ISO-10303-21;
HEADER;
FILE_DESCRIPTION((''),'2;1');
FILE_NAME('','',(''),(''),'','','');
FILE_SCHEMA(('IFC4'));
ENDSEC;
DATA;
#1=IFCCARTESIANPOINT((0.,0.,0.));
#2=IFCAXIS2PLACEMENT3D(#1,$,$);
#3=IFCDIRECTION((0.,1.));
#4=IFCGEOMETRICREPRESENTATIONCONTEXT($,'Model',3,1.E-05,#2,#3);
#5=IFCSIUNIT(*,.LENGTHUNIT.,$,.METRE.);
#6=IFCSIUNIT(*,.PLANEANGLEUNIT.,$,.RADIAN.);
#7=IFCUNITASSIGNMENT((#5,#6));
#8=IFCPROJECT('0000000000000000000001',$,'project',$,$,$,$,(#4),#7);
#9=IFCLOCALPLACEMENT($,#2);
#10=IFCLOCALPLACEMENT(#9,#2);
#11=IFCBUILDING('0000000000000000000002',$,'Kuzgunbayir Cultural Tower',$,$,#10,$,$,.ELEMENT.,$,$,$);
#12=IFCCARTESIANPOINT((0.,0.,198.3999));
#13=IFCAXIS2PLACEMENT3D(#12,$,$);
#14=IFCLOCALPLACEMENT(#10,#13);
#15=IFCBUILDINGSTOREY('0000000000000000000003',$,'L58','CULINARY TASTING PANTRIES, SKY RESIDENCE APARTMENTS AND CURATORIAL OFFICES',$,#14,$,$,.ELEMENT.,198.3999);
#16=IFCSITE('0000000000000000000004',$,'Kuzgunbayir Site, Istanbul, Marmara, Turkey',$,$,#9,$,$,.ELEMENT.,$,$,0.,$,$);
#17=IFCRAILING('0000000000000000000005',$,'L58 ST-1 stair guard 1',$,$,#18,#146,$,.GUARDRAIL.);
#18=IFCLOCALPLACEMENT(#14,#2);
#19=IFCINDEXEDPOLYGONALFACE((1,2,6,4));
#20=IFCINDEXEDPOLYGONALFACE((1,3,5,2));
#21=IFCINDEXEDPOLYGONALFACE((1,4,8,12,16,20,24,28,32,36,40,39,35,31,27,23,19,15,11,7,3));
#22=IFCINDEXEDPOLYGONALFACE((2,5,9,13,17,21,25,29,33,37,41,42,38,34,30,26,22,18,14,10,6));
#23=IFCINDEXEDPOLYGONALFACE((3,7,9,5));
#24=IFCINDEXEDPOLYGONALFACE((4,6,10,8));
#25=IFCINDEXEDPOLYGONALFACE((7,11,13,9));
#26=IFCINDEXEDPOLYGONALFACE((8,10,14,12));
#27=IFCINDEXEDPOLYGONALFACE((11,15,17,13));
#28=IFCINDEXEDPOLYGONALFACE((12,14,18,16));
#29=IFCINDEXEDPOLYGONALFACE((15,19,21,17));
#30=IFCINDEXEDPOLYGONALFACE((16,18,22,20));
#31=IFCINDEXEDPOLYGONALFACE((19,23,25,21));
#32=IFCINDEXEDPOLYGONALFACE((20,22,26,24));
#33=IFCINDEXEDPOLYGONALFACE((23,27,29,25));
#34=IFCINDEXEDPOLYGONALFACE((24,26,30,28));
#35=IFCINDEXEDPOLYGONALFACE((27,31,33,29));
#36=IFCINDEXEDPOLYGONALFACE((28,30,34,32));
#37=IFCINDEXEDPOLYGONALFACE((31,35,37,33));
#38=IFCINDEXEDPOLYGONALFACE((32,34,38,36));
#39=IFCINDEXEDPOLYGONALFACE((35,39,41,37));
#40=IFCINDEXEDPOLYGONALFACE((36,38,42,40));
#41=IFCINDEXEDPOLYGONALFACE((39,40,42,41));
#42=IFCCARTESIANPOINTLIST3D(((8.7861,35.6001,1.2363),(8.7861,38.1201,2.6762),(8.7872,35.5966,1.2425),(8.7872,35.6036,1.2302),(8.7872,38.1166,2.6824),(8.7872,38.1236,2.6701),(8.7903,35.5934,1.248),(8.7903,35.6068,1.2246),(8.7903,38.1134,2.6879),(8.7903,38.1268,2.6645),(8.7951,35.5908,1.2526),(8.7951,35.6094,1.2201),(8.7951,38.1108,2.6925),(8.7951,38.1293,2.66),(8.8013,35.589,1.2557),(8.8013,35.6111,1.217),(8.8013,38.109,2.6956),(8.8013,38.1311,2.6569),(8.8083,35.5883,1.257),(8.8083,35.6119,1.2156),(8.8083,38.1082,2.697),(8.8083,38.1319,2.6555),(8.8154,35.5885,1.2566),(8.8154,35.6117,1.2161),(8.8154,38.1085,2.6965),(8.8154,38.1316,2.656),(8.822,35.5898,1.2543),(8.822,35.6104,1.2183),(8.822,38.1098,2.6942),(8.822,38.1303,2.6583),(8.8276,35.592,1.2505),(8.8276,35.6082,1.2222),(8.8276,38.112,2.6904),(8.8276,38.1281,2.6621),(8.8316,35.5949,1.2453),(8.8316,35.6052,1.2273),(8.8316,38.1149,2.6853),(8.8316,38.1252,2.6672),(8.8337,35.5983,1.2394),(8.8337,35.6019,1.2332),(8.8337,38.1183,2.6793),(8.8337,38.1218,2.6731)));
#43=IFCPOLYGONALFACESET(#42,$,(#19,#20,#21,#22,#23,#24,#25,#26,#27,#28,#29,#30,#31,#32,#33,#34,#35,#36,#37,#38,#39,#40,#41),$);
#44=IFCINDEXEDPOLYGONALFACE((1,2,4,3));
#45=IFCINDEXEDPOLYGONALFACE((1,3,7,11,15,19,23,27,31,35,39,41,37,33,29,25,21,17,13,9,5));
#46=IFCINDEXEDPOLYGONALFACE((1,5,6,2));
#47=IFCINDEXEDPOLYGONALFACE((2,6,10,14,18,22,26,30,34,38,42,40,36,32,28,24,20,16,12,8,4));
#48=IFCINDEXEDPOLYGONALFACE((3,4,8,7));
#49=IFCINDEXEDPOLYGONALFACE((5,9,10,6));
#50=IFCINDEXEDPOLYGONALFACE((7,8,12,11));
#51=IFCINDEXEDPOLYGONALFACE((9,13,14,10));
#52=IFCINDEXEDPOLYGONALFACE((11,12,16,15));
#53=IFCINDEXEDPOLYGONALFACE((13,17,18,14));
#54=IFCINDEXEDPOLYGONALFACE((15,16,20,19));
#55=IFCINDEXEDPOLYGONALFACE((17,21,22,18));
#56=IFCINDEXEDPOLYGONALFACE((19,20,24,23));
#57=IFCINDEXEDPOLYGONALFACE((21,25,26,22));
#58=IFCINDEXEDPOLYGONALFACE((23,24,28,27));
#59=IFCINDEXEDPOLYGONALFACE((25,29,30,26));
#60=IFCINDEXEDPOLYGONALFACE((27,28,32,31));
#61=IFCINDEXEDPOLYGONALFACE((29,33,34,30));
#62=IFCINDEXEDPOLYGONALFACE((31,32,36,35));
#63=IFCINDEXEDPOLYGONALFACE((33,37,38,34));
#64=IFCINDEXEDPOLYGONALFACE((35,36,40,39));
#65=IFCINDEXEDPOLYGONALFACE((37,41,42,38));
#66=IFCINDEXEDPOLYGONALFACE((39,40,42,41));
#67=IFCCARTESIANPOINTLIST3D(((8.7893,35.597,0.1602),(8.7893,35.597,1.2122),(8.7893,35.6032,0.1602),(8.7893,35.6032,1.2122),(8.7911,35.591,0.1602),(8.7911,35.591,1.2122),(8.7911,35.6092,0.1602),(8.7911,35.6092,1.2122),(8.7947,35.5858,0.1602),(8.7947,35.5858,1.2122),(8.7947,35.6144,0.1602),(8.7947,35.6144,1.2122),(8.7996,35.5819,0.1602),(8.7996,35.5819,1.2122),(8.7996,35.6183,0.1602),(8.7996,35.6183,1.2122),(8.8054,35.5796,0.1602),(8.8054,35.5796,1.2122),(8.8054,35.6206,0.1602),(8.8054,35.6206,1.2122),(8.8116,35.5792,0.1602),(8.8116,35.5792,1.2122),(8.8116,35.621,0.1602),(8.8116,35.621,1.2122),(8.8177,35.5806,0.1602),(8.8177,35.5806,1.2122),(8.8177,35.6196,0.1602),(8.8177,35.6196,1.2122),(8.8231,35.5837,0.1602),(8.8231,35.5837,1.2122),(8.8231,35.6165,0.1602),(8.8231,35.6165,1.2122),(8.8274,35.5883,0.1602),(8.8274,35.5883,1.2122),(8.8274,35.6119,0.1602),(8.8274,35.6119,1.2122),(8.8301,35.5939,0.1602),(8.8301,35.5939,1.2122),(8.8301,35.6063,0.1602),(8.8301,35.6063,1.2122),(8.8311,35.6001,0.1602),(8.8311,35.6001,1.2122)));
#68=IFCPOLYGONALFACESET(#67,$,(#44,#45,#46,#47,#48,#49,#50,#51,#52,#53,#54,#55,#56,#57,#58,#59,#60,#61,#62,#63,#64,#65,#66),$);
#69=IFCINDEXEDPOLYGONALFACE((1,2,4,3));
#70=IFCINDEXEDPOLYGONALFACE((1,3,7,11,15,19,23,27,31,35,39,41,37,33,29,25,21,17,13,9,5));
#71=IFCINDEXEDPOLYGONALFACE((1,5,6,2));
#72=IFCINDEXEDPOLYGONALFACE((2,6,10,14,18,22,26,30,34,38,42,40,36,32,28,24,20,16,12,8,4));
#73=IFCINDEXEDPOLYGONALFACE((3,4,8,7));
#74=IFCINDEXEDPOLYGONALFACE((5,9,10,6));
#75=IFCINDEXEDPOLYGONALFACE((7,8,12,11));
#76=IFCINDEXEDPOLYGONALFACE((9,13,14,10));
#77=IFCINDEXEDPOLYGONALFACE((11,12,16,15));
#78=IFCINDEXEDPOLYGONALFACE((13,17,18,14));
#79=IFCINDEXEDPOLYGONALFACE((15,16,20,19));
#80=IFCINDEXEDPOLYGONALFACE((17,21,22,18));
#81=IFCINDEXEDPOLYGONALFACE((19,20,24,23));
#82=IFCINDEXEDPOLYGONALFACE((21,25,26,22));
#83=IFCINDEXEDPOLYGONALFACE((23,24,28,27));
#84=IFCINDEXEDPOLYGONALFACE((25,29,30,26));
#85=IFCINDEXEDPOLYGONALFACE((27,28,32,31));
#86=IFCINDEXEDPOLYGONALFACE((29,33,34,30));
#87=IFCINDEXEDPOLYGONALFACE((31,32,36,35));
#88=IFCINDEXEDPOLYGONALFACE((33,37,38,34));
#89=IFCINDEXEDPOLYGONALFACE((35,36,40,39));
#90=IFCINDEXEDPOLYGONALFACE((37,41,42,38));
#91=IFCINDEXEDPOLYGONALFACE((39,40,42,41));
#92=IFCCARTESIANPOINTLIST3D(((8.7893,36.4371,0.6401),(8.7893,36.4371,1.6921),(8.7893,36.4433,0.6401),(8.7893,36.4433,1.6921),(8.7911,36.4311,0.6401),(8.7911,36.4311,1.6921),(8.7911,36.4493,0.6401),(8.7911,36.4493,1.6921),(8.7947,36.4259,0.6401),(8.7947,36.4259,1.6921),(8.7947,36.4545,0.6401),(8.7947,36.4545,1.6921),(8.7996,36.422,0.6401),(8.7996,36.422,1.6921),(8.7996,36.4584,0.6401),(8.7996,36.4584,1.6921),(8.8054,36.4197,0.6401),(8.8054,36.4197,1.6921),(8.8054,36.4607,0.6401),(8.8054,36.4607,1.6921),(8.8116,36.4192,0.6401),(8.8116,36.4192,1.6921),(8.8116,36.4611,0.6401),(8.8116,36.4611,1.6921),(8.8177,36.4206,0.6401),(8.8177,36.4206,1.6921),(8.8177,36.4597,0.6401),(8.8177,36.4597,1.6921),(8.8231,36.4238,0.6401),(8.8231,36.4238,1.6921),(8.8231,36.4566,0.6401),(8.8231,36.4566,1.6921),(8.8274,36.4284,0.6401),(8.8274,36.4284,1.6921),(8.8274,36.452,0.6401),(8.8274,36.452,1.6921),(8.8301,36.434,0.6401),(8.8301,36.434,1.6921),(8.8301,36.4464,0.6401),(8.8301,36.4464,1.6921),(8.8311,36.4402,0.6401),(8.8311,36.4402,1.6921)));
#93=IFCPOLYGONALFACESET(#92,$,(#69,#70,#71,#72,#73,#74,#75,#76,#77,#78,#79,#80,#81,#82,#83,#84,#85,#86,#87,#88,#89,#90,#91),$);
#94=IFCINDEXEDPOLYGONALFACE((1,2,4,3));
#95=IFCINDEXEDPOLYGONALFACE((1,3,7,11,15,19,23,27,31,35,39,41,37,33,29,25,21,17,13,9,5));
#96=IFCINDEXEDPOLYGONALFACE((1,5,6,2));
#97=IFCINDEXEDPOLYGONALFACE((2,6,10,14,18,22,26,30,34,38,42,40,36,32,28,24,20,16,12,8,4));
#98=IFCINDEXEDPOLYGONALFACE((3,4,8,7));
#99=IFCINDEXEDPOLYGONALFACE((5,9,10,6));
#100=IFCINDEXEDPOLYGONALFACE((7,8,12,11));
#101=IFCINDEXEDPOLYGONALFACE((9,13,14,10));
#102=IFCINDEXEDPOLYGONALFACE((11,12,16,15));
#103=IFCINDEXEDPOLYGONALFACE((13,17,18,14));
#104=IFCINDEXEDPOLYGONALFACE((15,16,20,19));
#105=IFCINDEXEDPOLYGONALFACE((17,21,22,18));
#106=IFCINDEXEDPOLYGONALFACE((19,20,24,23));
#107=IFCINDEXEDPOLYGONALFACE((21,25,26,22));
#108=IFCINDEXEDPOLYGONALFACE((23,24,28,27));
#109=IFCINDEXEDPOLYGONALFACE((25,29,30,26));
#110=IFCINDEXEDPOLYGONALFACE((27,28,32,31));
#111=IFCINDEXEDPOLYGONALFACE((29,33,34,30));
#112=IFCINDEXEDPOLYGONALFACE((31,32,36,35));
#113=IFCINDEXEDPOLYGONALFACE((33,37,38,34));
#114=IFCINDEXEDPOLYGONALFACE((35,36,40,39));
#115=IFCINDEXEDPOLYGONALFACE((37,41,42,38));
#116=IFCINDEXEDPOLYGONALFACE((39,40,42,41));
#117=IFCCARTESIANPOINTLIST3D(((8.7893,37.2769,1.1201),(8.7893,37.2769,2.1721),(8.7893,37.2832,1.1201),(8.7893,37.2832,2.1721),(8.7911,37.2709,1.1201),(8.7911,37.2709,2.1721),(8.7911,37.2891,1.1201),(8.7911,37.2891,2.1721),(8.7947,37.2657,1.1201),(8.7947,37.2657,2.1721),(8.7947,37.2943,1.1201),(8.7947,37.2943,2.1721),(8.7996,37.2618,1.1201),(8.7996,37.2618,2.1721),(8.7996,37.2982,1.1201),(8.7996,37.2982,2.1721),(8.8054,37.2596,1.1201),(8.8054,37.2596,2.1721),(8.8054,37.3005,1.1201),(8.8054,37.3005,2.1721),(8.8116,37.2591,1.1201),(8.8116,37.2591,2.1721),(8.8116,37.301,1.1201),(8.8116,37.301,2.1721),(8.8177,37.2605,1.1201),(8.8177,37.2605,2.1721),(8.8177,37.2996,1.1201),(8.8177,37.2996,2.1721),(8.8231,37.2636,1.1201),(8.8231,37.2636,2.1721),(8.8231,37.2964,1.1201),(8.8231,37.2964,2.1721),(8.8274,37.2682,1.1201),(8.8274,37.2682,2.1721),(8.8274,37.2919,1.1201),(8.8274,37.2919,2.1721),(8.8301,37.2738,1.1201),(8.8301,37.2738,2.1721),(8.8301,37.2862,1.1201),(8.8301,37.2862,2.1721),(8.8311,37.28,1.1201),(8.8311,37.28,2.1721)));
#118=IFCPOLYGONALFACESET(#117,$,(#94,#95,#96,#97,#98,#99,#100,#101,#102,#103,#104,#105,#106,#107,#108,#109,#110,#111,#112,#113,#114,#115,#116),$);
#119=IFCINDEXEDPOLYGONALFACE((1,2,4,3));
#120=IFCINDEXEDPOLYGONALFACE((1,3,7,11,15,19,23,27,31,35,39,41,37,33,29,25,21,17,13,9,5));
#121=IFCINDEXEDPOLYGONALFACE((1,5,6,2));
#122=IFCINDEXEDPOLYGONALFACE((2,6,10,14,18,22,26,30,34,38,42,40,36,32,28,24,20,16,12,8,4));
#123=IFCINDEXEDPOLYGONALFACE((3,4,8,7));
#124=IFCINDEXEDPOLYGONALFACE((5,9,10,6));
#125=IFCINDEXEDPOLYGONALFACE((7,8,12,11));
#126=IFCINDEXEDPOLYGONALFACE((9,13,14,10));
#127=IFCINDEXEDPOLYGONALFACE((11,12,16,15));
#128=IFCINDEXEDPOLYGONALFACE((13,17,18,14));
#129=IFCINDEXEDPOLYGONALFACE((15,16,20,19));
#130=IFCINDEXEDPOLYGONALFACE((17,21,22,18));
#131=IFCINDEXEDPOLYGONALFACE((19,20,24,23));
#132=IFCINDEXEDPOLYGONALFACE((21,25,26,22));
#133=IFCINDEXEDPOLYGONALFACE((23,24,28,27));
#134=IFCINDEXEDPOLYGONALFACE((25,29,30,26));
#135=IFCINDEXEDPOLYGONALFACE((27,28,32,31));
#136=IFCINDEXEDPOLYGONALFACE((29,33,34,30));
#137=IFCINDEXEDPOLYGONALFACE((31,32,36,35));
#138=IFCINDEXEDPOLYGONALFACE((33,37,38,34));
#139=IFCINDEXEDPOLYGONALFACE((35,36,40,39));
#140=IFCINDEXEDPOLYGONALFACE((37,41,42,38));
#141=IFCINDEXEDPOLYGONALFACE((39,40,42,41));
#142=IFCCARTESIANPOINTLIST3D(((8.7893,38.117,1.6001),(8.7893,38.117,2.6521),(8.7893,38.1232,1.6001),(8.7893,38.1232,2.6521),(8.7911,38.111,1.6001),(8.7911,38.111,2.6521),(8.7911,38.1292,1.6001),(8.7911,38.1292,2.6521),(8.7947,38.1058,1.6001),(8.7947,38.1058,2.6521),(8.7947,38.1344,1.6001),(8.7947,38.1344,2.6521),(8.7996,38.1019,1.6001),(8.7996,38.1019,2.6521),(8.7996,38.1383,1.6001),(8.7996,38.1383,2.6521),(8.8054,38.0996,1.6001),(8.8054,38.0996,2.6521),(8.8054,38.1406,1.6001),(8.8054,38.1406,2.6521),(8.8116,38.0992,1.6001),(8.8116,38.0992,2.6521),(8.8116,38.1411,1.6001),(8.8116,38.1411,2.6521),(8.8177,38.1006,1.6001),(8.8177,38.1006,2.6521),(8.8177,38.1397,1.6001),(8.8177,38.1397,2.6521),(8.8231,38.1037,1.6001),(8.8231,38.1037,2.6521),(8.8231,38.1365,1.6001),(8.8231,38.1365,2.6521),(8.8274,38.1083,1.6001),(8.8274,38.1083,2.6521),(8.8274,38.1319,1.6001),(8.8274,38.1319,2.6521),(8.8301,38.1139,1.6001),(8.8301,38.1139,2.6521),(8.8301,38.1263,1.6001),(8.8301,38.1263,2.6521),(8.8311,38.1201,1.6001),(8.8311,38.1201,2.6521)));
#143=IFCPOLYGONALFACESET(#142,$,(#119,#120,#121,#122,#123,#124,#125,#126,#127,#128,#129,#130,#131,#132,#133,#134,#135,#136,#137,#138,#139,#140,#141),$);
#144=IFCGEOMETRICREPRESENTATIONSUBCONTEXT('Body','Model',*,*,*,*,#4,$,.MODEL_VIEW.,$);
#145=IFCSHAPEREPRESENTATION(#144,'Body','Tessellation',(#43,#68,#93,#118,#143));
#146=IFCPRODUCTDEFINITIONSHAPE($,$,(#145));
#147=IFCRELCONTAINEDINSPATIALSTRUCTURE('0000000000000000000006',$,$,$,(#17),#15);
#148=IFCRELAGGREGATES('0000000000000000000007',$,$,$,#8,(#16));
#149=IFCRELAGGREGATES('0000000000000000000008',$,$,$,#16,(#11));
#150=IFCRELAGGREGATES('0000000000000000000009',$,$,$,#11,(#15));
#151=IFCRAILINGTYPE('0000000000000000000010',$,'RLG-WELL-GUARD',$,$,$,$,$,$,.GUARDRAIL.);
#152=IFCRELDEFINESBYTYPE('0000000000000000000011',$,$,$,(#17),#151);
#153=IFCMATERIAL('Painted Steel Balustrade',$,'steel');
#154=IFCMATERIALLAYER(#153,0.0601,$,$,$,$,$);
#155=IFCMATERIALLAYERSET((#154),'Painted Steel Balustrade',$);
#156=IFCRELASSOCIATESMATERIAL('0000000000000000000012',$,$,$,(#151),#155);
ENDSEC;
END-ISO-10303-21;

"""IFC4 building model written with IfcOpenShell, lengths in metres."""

from ifc_helpers import new_model, si_unit, direction, frame, origin, origin_2d, place, context, subcontext, project, spatial, circle, extrude, material, layer, layer_set, type_object, element, save


model = new_model("IFC4")

# Units and contexts
model_context = context("Model", 3, precision=1e-05, world=origin(), true_north=direction((0.0, 1.0)))
body_context = subcontext(model_context, "Body", "Model", "MODEL_VIEW")
ifc_project = project(units=[si_unit("LENGTHUNIT", "METRE"), si_unit("PLANEANGLEUNIT", "RADIAN")], contexts=[model_context])

# Site, building, storey
site_placement = place(None, origin())
site = spatial("IfcSite", under=ifc_project, at=site_placement, Name="Kuzgunbayir Site, Istanbul, Marmara, Turkey", CompositionType="ELEMENT", RefElevation=0.0)
building_placement = place(site_placement, origin())
building = spatial("IfcBuilding", under=site, at=building_placement, Name="Kuzgunbayir Cultural Tower", CompositionType="ELEMENT")
storey_placement = place(building_placement, frame((0.0, 0.0, 198.3999)))
storey = spatial("IfcBuildingStorey", under=building, at=storey_placement, Name="L58", Description="CULINARY TASTING PANTRIES, SKY RESIDENCE APARTMENTS AND CURATORIAL OFFICES", CompositionType="ELEMENT", Elevation=198.3999)

# Railing
ifc_material_1 = material(Name="Painted Steel Balustrade", Category="steel")
ifc_layer_1 = layer(ifc_material_1, 0.0601)
ifc_layer_set_1 = layer_set([ifc_layer_1], Name="Painted Steel Balustrade")
railing_type_1 = type_object("IfcRailingType", Name="RLG-WELL-GUARD", PredefinedType="GUARDRAIL", material=ifc_layer_set_1)
railing_1_placement = place(storey_placement, frame((8.8101, 35.6001, 0.1602)))
element("IfcRailing", 1, at=railing_1_placement, inside=storey, type_object=railing_type_1, Name="L58 ST-1 stair guard 1", PredefinedType="GUARDRAIL", context=body_context, shape_type="SweptSolid", body=[
    extrude(circle(Radius=0.0239, at=origin_2d()), frame((0.0, 0.0, 1.0762), z_axis=(0.0, 0.868253, 0.496121), x_axis=(-1.0, 0.0, 0.0)), (0.0, 0.0, 1.0), 2.9023),
    extrude(circle(Radius=0.021, at=origin_2d()), origin(), (0.0, 0.0, 1.0), 1.052),
    extrude(circle(Radius=0.021, at=origin_2d()), frame((0.0, 0.8401, 0.48)), (0.0, 0.0, 1.0), 1.052),
    extrude(circle(Radius=0.021, at=origin_2d()), frame((0.0, 1.6799, 0.96)), (0.0, 0.0, 1.0), 1.052),
    extrude(circle(Radius=0.021, at=origin_2d()), frame((0.0, 2.52, 1.4399)), (0.0, 0.0, 1.0), 1.052),
])

save(model, "model.ifc")
